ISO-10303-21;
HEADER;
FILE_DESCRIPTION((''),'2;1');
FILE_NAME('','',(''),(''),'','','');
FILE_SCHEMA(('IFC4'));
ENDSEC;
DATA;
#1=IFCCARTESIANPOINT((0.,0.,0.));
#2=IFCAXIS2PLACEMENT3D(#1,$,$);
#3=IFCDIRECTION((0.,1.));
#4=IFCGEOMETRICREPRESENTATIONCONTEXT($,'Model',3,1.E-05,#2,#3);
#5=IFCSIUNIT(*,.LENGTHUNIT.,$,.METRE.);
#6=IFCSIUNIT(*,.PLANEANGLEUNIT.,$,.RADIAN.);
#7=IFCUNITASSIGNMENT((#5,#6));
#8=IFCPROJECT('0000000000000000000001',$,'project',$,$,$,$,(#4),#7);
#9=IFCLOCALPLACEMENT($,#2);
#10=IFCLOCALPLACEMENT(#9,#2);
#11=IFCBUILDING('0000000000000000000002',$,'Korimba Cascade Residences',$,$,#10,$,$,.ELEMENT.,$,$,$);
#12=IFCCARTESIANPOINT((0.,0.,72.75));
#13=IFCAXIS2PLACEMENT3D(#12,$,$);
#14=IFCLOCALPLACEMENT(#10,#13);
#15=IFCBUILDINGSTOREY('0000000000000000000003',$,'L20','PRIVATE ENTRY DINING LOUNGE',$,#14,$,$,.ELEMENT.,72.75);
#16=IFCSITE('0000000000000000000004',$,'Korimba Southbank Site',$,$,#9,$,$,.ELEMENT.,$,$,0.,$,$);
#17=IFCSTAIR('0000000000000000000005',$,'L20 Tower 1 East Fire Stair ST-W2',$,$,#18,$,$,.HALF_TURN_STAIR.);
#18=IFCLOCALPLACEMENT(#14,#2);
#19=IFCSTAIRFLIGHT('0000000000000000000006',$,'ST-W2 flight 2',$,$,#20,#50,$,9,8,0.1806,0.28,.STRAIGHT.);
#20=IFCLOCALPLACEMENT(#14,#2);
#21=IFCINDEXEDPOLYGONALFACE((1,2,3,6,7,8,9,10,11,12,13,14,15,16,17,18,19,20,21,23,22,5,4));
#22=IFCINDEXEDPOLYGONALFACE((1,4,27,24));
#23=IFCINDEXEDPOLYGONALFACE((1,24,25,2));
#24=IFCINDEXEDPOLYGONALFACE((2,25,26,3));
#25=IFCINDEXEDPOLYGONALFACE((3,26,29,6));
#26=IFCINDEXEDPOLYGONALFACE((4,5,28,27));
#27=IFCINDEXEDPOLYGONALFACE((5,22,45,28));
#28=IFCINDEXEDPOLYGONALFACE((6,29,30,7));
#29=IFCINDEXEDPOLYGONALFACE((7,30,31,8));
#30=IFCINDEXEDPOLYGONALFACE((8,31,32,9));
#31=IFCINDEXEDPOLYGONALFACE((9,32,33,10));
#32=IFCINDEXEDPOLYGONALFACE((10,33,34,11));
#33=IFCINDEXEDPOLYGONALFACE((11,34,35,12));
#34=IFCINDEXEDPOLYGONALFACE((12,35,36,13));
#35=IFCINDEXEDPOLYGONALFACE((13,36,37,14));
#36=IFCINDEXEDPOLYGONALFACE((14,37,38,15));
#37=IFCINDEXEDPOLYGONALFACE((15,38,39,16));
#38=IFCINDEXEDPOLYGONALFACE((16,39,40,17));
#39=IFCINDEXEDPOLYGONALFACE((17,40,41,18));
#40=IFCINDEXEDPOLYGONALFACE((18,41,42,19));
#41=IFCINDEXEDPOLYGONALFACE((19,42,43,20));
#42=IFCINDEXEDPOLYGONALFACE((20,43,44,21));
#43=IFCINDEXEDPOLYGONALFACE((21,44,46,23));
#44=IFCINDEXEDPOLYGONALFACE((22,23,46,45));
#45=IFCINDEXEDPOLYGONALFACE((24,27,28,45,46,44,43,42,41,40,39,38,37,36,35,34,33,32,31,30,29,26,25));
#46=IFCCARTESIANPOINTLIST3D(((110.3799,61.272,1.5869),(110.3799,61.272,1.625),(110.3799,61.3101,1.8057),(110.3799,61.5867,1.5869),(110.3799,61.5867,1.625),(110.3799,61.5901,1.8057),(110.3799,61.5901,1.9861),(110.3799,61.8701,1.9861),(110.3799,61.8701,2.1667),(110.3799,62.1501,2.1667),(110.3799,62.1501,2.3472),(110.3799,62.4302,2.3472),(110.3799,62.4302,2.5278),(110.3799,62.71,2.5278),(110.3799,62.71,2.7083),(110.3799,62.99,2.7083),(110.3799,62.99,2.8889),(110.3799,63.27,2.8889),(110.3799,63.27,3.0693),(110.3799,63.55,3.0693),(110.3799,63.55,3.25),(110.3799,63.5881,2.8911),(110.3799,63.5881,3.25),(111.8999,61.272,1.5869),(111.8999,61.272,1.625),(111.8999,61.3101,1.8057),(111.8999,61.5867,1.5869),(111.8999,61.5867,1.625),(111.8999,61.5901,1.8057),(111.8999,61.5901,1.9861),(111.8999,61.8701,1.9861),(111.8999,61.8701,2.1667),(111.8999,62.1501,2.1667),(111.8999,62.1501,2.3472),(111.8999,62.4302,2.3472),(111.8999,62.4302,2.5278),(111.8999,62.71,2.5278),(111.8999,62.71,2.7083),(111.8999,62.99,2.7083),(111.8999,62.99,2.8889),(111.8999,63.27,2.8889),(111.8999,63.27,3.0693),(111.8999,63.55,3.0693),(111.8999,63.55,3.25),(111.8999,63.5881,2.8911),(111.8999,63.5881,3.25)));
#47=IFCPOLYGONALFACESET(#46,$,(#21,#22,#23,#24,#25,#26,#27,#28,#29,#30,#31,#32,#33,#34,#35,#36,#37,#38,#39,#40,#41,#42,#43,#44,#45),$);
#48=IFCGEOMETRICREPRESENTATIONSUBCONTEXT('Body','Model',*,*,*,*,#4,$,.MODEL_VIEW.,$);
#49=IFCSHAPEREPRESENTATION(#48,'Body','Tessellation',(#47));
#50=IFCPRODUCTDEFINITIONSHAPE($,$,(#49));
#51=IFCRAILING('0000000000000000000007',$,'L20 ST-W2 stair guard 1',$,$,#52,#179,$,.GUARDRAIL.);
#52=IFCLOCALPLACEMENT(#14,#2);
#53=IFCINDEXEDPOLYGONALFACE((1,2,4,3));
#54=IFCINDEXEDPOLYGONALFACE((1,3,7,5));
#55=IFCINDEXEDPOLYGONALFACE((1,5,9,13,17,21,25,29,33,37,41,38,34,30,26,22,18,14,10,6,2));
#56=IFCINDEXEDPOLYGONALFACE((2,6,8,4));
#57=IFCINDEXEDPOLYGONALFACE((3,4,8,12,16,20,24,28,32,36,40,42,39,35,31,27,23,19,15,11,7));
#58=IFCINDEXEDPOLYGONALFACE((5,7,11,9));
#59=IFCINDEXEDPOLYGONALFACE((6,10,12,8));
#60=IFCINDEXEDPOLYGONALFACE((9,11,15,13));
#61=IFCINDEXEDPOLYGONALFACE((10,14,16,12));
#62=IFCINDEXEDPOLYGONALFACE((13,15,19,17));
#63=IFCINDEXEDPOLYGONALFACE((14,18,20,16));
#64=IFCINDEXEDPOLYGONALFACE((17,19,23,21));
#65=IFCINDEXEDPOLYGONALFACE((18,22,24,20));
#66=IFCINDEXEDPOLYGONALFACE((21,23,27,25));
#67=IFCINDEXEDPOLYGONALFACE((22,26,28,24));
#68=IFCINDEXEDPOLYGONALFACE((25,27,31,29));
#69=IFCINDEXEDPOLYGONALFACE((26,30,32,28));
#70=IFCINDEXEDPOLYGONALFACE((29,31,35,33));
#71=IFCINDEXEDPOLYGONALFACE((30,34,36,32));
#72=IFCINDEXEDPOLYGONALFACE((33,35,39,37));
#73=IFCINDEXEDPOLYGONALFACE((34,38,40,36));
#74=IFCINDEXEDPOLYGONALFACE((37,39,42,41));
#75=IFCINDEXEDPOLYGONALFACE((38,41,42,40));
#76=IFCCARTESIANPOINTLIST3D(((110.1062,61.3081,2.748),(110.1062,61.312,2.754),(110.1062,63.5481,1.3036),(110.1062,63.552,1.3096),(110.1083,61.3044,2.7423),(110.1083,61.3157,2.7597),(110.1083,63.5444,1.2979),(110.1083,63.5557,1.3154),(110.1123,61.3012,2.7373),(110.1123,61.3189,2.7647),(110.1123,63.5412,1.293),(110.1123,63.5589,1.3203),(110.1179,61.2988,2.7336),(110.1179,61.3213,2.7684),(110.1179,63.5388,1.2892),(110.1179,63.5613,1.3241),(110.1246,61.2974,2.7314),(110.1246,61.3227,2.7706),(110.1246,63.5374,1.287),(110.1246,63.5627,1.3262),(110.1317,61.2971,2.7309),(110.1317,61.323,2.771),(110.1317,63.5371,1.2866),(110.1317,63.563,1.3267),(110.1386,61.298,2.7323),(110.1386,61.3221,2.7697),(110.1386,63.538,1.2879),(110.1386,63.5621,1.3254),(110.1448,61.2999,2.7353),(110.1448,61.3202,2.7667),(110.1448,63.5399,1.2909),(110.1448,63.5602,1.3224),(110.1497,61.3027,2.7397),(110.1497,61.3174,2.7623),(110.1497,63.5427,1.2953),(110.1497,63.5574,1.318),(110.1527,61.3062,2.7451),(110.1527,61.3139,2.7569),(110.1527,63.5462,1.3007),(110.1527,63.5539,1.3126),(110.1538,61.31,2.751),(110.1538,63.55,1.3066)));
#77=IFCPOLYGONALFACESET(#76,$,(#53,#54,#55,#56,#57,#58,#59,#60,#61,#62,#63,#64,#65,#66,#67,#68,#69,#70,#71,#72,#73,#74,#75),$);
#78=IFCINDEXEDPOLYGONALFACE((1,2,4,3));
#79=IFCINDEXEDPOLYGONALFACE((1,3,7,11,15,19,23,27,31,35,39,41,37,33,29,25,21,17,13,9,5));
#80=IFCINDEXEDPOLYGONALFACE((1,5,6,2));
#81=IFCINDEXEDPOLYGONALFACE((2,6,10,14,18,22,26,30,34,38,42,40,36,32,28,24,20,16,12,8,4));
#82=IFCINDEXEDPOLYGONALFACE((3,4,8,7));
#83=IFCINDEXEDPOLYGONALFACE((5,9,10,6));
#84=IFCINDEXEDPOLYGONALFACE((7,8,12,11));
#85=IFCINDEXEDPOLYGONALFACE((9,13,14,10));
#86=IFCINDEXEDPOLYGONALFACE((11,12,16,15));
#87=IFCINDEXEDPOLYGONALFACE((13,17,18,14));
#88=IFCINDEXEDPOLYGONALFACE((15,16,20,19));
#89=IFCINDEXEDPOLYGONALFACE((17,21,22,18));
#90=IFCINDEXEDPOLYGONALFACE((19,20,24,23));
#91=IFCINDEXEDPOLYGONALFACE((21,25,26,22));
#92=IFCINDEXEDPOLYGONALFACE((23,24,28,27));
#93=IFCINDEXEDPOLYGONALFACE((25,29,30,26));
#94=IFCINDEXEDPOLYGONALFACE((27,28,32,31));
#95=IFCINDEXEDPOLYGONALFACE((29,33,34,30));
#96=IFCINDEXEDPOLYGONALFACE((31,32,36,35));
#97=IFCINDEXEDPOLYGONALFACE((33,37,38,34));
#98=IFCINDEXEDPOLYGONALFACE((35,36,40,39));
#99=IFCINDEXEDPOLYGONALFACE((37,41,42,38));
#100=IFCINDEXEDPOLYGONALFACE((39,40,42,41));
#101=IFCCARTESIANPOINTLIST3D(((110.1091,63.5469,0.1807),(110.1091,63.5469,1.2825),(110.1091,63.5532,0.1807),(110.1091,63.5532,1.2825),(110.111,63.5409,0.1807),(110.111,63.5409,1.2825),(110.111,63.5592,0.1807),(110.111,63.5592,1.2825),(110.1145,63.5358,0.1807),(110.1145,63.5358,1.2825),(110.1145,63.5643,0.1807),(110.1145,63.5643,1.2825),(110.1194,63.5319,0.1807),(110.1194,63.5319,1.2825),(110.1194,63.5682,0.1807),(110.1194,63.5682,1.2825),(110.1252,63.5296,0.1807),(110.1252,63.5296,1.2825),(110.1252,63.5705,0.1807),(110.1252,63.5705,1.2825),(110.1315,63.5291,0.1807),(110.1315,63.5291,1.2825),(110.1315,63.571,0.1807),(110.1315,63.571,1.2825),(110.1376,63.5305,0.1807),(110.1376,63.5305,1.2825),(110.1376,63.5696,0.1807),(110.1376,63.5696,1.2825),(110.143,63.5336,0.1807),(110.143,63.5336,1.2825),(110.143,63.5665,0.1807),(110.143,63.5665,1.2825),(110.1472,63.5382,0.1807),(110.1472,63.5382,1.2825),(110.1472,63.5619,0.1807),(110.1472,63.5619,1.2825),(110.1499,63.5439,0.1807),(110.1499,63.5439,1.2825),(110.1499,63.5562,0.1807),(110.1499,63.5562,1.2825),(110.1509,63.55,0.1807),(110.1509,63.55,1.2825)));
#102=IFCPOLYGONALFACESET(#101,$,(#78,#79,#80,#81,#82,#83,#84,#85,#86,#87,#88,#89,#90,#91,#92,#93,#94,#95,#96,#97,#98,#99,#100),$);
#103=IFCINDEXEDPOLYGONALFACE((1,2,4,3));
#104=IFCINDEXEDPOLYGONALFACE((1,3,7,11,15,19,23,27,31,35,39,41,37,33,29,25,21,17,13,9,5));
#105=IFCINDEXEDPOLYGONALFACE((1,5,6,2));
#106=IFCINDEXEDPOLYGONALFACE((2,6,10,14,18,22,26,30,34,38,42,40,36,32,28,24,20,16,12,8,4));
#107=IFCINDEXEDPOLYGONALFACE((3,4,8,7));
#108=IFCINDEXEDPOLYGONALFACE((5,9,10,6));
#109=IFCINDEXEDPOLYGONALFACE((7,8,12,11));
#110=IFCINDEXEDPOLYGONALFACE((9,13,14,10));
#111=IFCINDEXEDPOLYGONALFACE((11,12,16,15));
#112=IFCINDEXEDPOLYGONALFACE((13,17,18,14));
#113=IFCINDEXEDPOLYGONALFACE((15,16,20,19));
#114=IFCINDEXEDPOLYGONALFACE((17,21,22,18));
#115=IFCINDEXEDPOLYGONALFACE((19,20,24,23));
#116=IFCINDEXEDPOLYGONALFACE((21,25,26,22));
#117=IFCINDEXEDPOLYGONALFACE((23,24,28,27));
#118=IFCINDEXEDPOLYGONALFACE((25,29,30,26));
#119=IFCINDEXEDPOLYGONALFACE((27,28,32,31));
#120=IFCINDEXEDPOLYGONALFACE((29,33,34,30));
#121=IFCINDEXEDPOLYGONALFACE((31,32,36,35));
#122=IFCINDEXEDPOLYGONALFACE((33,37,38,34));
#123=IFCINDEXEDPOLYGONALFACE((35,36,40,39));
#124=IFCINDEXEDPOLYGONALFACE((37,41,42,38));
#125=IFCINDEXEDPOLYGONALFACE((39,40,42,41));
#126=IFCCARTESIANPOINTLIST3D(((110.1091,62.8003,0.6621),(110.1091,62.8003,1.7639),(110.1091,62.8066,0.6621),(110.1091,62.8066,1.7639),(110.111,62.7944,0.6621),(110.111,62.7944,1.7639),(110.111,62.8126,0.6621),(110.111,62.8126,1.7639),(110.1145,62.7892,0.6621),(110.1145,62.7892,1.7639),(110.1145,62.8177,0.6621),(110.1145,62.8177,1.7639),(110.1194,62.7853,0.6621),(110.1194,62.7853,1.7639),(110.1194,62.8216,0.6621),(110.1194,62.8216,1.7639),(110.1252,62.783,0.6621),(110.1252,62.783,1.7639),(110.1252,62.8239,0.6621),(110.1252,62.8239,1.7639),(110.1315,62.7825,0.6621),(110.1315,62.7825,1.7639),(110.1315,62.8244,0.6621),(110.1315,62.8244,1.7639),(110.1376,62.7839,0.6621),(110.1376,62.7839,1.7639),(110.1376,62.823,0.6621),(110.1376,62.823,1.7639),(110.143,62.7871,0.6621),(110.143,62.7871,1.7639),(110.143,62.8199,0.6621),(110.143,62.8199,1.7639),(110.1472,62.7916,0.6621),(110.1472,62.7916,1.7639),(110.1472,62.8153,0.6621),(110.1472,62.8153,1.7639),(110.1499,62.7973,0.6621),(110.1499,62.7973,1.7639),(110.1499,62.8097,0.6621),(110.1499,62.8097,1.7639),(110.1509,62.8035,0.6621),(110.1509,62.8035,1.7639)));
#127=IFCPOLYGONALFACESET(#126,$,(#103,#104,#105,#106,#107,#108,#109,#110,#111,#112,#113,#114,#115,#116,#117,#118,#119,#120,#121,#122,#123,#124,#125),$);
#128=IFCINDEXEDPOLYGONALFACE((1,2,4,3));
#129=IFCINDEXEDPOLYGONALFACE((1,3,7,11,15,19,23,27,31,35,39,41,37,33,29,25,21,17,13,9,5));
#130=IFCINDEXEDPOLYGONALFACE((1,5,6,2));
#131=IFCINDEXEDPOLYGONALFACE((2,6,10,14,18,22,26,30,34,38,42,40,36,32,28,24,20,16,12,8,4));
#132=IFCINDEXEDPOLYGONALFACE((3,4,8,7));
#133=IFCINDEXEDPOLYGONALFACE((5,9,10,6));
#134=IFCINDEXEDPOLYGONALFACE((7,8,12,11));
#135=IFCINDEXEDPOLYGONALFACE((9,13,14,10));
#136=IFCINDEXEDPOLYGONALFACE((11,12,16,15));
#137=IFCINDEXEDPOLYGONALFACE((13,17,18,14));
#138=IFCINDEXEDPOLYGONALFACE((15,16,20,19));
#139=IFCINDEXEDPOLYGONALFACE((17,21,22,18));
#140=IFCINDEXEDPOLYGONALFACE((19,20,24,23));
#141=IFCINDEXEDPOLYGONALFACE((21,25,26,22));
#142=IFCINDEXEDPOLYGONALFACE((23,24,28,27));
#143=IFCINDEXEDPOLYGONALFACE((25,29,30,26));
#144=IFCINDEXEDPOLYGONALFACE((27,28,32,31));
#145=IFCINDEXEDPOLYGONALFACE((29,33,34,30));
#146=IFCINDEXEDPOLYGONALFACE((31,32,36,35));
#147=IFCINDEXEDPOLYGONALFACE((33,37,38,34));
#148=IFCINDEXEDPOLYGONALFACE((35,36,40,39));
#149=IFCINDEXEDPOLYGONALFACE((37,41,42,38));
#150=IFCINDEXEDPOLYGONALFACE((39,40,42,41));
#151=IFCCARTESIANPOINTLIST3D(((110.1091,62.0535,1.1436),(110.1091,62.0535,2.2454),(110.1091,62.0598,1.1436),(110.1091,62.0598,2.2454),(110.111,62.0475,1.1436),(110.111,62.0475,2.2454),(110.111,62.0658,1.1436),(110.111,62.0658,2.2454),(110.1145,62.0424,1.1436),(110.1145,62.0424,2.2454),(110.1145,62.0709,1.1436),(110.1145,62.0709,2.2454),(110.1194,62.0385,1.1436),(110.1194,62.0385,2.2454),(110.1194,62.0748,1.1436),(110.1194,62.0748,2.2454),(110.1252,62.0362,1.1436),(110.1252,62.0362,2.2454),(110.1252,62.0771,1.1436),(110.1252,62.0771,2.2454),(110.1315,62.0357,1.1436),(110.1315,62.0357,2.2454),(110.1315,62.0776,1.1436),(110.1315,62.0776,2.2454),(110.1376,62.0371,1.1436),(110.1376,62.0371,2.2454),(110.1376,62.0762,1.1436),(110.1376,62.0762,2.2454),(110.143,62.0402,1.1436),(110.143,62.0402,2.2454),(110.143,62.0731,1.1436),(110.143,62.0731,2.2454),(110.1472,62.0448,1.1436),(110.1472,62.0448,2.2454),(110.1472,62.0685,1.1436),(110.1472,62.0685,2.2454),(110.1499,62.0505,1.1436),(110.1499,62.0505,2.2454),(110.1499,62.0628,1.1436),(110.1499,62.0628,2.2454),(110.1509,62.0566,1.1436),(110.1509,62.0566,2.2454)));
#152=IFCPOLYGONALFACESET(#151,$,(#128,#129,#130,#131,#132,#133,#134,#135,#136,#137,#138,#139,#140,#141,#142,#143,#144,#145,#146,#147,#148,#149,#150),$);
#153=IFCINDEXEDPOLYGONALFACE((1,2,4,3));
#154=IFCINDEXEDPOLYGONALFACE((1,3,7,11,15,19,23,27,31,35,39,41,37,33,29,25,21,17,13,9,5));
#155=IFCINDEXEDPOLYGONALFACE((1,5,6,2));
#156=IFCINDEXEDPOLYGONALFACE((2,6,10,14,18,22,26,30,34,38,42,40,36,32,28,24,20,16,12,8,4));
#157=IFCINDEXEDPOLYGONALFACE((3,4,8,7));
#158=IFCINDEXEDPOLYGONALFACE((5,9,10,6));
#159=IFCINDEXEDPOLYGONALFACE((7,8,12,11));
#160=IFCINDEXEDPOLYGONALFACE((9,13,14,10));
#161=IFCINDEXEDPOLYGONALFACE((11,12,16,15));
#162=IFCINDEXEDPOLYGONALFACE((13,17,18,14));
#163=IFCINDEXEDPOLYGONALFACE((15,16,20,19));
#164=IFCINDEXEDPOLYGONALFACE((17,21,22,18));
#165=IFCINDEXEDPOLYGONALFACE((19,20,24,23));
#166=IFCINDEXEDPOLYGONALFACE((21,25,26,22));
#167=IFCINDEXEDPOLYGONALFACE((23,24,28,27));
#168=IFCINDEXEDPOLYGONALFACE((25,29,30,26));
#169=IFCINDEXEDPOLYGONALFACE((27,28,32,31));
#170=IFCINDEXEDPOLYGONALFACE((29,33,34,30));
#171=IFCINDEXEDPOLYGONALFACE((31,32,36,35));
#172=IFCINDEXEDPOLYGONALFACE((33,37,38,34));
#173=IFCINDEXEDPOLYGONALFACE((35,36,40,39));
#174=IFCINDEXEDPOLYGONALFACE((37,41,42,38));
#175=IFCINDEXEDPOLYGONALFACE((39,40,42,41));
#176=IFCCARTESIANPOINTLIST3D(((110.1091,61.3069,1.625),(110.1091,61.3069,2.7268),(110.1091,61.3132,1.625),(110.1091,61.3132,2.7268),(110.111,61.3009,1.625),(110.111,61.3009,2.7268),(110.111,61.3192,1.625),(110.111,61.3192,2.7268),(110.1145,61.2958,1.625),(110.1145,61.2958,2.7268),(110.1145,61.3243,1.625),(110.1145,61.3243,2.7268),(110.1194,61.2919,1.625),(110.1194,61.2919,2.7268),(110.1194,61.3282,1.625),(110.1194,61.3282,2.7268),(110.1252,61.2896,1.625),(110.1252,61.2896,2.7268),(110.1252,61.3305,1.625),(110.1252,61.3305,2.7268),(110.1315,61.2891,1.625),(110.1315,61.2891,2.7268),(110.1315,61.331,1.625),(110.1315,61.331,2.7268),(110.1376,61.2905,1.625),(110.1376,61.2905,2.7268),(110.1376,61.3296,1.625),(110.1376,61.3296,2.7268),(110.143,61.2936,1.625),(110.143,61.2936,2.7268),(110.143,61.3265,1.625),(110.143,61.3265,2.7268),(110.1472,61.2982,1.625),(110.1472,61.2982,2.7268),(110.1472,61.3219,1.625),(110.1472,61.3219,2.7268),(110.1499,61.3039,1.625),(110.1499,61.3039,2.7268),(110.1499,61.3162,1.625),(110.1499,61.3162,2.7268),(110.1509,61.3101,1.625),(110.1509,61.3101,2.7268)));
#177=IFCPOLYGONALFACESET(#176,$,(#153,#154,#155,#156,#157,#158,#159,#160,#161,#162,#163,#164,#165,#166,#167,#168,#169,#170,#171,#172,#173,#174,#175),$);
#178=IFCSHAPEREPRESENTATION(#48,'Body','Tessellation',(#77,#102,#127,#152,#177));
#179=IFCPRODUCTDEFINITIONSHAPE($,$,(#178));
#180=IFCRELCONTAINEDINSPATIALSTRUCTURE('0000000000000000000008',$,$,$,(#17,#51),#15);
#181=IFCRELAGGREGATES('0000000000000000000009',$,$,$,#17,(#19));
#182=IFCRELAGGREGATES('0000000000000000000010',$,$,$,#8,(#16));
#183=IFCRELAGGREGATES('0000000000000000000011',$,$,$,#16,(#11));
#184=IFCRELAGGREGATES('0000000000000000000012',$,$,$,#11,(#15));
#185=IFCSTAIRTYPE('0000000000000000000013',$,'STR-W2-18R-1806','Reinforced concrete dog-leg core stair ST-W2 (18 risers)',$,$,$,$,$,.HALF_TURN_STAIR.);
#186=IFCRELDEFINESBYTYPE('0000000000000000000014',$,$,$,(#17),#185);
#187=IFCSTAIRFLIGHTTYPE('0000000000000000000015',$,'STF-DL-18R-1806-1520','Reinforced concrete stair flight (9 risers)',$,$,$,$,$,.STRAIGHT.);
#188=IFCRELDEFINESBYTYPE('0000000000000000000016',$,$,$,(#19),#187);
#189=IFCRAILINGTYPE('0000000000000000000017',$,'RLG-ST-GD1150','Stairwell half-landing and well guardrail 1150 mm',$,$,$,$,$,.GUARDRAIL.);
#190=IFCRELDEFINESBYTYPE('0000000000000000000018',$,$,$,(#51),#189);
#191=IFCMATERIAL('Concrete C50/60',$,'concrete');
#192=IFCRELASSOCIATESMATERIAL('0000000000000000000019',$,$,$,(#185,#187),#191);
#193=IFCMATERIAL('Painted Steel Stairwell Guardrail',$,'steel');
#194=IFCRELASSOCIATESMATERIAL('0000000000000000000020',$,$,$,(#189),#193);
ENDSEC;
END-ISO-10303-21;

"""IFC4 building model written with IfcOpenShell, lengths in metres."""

from ifc_helpers import new_model, si_unit, direction, frame, origin, origin_2d, place, context, subcontext, project, spatial, polyline, circle, outline, extrude, material, type_object, element, aggregate, save


model = new_model("IFC4")

# Units and contexts
model_context = context("Model", 3, precision=1e-05, world=origin(), true_north=direction((0.0, 1.0)))
body_context = subcontext(model_context, "Body", "Model", "MODEL_VIEW")
ifc_project = project(units=[si_unit("LENGTHUNIT", "METRE"), si_unit("PLANEANGLEUNIT", "RADIAN")], contexts=[model_context])

# Site, building, storey
site_placement = place(None, origin())
site = spatial("IfcSite", under=ifc_project, at=site_placement, Name="Korimba Southbank Site", CompositionType="ELEMENT", RefElevation=0.0)
building_placement = place(site_placement, origin())
building = spatial("IfcBuilding", under=site, at=building_placement, Name="Korimba Cascade Residences", CompositionType="ELEMENT")
storey_placement = place(building_placement, frame((0.0, 0.0, 72.75)))
storey = spatial("IfcBuildingStorey", under=building, at=storey_placement, Name="L20", Description="PRIVATE ENTRY DINING LOUNGE", CompositionType="ELEMENT", Elevation=72.75)

# Shared definitions
ifc_material_1 = material(Name="Concrete C50/60", Category="concrete")

# Stair, stair flight
stair_type = type_object("IfcStairType", Name="STR-W2-18R-1806", Description="Reinforced concrete dog-leg core stair ST-W2 (18 risers)", PredefinedType="HALF_TURN_STAIR", material=ifc_material_1)
stair_placement = place(storey_placement, origin())
stair = element("IfcStair", 1, at=stair_placement, inside=storey, type_object=stair_type, Name="L20 Tower 1 East Fire Stair ST-W2", PredefinedType="HALF_TURN_STAIR")
stair_flight_type = type_object("IfcStairFlightType", Name="STF-DL-18R-1806-1520", Description="Reinforced concrete stair flight (9 risers)", PredefinedType="STRAIGHT", material=ifc_material_1)
stair_flight_1_placement = place(storey_placement, frame((111.1399, 61.3101, 1.625), z_axis=(0.0, 0.0, 1.0), x_axis=(0.0, 1.0, 0.0)))
stair_flight_1 = element("IfcStairFlight", 2, at=stair_flight_1_placement, type_object=stair_flight_type, Name="ST-W2 flight 2", NumberOfRisers=9, NumberOfTreads=8, PredefinedType="STRAIGHT", RiserHeight=0.1806, TreadLength=0.28, context=body_context, shape_type="SweptSolid", body=[
    extrude(outline(polyline([(-0.0381, 0.0), (0.0, 0.1807), (0.28, 0.1807), (0.28, 0.3611), (0.5601, 0.3611), (0.5601, 0.5417), (0.8401, 0.5417), (0.8401, 0.7222), (1.1201, 0.7222), (1.1201, 0.9028), (1.3999, 0.9028), (1.3999, 1.0833), (1.6799, 1.0833), (1.6799, 1.2639), (1.96, 1.2639), (1.96, 1.4443), (2.24, 1.4443), (2.24, 1.625), (2.2781, 1.625), (2.2781, 1.2661), (0.2766, 0.0), (0.2766, -0.0381), (-0.0381, -0.0381), (-0.0381, 0.0)])), frame((0.0, 0.76, 0.0), z_axis=(0.0, -1.0, 0.0), x_axis=(1.0, 0.0, 0.0)), (0.0, 0.0, 1.0), 1.52),
])
aggregate(stair, [stair_flight_1])

# Railing
ifc_material_2 = material(Name="Painted Steel Stairwell Guardrail", Category="steel")
railing_type_1 = type_object("IfcRailingType", Name="RLG-ST-GD1150", Description="Stairwell half-landing and well guardrail 1150 mm", PredefinedType="GUARDRAIL", material=ifc_material_2)
railing_1_placement = place(storey_placement, frame((110.1299, 63.55, 0.1807)))
element("IfcRailing", 3, at=railing_1_placement, inside=storey, type_object=railing_type_1, Name="L20 ST-W2 stair guard 1", PredefinedType="GUARDRAIL", context=body_context, shape_type="SweptSolid", body=[
    extrude(circle(Radius=0.0239, at=origin_2d()), frame((0.0, 0.0, 1.126), z_axis=(0.0, -0.840437, 0.54191), x_axis=(1.0, 0.0, 0.0)), (0.0, 0.0, 1.0), 2.6653),
    extrude(circle(Radius=0.021, at=origin_2d()), origin(), (0.0, 0.0, 1.0), 1.1018),
    extrude(circle(Radius=0.021, at=origin_2d()), frame((0.0, -0.7466, 0.4814)), (0.0, 0.0, 1.0), 1.1018),
    extrude(circle(Radius=0.021, at=origin_2d()), frame((0.0, -1.4934, 0.9629)), (0.0, 0.0, 1.0), 1.1018),
    extrude(circle(Radius=0.021, at=origin_2d()), frame((0.0, -2.24, 1.4443)), (0.0, 0.0, 1.0), 1.1018),
])

save(model, "model.ifc")
